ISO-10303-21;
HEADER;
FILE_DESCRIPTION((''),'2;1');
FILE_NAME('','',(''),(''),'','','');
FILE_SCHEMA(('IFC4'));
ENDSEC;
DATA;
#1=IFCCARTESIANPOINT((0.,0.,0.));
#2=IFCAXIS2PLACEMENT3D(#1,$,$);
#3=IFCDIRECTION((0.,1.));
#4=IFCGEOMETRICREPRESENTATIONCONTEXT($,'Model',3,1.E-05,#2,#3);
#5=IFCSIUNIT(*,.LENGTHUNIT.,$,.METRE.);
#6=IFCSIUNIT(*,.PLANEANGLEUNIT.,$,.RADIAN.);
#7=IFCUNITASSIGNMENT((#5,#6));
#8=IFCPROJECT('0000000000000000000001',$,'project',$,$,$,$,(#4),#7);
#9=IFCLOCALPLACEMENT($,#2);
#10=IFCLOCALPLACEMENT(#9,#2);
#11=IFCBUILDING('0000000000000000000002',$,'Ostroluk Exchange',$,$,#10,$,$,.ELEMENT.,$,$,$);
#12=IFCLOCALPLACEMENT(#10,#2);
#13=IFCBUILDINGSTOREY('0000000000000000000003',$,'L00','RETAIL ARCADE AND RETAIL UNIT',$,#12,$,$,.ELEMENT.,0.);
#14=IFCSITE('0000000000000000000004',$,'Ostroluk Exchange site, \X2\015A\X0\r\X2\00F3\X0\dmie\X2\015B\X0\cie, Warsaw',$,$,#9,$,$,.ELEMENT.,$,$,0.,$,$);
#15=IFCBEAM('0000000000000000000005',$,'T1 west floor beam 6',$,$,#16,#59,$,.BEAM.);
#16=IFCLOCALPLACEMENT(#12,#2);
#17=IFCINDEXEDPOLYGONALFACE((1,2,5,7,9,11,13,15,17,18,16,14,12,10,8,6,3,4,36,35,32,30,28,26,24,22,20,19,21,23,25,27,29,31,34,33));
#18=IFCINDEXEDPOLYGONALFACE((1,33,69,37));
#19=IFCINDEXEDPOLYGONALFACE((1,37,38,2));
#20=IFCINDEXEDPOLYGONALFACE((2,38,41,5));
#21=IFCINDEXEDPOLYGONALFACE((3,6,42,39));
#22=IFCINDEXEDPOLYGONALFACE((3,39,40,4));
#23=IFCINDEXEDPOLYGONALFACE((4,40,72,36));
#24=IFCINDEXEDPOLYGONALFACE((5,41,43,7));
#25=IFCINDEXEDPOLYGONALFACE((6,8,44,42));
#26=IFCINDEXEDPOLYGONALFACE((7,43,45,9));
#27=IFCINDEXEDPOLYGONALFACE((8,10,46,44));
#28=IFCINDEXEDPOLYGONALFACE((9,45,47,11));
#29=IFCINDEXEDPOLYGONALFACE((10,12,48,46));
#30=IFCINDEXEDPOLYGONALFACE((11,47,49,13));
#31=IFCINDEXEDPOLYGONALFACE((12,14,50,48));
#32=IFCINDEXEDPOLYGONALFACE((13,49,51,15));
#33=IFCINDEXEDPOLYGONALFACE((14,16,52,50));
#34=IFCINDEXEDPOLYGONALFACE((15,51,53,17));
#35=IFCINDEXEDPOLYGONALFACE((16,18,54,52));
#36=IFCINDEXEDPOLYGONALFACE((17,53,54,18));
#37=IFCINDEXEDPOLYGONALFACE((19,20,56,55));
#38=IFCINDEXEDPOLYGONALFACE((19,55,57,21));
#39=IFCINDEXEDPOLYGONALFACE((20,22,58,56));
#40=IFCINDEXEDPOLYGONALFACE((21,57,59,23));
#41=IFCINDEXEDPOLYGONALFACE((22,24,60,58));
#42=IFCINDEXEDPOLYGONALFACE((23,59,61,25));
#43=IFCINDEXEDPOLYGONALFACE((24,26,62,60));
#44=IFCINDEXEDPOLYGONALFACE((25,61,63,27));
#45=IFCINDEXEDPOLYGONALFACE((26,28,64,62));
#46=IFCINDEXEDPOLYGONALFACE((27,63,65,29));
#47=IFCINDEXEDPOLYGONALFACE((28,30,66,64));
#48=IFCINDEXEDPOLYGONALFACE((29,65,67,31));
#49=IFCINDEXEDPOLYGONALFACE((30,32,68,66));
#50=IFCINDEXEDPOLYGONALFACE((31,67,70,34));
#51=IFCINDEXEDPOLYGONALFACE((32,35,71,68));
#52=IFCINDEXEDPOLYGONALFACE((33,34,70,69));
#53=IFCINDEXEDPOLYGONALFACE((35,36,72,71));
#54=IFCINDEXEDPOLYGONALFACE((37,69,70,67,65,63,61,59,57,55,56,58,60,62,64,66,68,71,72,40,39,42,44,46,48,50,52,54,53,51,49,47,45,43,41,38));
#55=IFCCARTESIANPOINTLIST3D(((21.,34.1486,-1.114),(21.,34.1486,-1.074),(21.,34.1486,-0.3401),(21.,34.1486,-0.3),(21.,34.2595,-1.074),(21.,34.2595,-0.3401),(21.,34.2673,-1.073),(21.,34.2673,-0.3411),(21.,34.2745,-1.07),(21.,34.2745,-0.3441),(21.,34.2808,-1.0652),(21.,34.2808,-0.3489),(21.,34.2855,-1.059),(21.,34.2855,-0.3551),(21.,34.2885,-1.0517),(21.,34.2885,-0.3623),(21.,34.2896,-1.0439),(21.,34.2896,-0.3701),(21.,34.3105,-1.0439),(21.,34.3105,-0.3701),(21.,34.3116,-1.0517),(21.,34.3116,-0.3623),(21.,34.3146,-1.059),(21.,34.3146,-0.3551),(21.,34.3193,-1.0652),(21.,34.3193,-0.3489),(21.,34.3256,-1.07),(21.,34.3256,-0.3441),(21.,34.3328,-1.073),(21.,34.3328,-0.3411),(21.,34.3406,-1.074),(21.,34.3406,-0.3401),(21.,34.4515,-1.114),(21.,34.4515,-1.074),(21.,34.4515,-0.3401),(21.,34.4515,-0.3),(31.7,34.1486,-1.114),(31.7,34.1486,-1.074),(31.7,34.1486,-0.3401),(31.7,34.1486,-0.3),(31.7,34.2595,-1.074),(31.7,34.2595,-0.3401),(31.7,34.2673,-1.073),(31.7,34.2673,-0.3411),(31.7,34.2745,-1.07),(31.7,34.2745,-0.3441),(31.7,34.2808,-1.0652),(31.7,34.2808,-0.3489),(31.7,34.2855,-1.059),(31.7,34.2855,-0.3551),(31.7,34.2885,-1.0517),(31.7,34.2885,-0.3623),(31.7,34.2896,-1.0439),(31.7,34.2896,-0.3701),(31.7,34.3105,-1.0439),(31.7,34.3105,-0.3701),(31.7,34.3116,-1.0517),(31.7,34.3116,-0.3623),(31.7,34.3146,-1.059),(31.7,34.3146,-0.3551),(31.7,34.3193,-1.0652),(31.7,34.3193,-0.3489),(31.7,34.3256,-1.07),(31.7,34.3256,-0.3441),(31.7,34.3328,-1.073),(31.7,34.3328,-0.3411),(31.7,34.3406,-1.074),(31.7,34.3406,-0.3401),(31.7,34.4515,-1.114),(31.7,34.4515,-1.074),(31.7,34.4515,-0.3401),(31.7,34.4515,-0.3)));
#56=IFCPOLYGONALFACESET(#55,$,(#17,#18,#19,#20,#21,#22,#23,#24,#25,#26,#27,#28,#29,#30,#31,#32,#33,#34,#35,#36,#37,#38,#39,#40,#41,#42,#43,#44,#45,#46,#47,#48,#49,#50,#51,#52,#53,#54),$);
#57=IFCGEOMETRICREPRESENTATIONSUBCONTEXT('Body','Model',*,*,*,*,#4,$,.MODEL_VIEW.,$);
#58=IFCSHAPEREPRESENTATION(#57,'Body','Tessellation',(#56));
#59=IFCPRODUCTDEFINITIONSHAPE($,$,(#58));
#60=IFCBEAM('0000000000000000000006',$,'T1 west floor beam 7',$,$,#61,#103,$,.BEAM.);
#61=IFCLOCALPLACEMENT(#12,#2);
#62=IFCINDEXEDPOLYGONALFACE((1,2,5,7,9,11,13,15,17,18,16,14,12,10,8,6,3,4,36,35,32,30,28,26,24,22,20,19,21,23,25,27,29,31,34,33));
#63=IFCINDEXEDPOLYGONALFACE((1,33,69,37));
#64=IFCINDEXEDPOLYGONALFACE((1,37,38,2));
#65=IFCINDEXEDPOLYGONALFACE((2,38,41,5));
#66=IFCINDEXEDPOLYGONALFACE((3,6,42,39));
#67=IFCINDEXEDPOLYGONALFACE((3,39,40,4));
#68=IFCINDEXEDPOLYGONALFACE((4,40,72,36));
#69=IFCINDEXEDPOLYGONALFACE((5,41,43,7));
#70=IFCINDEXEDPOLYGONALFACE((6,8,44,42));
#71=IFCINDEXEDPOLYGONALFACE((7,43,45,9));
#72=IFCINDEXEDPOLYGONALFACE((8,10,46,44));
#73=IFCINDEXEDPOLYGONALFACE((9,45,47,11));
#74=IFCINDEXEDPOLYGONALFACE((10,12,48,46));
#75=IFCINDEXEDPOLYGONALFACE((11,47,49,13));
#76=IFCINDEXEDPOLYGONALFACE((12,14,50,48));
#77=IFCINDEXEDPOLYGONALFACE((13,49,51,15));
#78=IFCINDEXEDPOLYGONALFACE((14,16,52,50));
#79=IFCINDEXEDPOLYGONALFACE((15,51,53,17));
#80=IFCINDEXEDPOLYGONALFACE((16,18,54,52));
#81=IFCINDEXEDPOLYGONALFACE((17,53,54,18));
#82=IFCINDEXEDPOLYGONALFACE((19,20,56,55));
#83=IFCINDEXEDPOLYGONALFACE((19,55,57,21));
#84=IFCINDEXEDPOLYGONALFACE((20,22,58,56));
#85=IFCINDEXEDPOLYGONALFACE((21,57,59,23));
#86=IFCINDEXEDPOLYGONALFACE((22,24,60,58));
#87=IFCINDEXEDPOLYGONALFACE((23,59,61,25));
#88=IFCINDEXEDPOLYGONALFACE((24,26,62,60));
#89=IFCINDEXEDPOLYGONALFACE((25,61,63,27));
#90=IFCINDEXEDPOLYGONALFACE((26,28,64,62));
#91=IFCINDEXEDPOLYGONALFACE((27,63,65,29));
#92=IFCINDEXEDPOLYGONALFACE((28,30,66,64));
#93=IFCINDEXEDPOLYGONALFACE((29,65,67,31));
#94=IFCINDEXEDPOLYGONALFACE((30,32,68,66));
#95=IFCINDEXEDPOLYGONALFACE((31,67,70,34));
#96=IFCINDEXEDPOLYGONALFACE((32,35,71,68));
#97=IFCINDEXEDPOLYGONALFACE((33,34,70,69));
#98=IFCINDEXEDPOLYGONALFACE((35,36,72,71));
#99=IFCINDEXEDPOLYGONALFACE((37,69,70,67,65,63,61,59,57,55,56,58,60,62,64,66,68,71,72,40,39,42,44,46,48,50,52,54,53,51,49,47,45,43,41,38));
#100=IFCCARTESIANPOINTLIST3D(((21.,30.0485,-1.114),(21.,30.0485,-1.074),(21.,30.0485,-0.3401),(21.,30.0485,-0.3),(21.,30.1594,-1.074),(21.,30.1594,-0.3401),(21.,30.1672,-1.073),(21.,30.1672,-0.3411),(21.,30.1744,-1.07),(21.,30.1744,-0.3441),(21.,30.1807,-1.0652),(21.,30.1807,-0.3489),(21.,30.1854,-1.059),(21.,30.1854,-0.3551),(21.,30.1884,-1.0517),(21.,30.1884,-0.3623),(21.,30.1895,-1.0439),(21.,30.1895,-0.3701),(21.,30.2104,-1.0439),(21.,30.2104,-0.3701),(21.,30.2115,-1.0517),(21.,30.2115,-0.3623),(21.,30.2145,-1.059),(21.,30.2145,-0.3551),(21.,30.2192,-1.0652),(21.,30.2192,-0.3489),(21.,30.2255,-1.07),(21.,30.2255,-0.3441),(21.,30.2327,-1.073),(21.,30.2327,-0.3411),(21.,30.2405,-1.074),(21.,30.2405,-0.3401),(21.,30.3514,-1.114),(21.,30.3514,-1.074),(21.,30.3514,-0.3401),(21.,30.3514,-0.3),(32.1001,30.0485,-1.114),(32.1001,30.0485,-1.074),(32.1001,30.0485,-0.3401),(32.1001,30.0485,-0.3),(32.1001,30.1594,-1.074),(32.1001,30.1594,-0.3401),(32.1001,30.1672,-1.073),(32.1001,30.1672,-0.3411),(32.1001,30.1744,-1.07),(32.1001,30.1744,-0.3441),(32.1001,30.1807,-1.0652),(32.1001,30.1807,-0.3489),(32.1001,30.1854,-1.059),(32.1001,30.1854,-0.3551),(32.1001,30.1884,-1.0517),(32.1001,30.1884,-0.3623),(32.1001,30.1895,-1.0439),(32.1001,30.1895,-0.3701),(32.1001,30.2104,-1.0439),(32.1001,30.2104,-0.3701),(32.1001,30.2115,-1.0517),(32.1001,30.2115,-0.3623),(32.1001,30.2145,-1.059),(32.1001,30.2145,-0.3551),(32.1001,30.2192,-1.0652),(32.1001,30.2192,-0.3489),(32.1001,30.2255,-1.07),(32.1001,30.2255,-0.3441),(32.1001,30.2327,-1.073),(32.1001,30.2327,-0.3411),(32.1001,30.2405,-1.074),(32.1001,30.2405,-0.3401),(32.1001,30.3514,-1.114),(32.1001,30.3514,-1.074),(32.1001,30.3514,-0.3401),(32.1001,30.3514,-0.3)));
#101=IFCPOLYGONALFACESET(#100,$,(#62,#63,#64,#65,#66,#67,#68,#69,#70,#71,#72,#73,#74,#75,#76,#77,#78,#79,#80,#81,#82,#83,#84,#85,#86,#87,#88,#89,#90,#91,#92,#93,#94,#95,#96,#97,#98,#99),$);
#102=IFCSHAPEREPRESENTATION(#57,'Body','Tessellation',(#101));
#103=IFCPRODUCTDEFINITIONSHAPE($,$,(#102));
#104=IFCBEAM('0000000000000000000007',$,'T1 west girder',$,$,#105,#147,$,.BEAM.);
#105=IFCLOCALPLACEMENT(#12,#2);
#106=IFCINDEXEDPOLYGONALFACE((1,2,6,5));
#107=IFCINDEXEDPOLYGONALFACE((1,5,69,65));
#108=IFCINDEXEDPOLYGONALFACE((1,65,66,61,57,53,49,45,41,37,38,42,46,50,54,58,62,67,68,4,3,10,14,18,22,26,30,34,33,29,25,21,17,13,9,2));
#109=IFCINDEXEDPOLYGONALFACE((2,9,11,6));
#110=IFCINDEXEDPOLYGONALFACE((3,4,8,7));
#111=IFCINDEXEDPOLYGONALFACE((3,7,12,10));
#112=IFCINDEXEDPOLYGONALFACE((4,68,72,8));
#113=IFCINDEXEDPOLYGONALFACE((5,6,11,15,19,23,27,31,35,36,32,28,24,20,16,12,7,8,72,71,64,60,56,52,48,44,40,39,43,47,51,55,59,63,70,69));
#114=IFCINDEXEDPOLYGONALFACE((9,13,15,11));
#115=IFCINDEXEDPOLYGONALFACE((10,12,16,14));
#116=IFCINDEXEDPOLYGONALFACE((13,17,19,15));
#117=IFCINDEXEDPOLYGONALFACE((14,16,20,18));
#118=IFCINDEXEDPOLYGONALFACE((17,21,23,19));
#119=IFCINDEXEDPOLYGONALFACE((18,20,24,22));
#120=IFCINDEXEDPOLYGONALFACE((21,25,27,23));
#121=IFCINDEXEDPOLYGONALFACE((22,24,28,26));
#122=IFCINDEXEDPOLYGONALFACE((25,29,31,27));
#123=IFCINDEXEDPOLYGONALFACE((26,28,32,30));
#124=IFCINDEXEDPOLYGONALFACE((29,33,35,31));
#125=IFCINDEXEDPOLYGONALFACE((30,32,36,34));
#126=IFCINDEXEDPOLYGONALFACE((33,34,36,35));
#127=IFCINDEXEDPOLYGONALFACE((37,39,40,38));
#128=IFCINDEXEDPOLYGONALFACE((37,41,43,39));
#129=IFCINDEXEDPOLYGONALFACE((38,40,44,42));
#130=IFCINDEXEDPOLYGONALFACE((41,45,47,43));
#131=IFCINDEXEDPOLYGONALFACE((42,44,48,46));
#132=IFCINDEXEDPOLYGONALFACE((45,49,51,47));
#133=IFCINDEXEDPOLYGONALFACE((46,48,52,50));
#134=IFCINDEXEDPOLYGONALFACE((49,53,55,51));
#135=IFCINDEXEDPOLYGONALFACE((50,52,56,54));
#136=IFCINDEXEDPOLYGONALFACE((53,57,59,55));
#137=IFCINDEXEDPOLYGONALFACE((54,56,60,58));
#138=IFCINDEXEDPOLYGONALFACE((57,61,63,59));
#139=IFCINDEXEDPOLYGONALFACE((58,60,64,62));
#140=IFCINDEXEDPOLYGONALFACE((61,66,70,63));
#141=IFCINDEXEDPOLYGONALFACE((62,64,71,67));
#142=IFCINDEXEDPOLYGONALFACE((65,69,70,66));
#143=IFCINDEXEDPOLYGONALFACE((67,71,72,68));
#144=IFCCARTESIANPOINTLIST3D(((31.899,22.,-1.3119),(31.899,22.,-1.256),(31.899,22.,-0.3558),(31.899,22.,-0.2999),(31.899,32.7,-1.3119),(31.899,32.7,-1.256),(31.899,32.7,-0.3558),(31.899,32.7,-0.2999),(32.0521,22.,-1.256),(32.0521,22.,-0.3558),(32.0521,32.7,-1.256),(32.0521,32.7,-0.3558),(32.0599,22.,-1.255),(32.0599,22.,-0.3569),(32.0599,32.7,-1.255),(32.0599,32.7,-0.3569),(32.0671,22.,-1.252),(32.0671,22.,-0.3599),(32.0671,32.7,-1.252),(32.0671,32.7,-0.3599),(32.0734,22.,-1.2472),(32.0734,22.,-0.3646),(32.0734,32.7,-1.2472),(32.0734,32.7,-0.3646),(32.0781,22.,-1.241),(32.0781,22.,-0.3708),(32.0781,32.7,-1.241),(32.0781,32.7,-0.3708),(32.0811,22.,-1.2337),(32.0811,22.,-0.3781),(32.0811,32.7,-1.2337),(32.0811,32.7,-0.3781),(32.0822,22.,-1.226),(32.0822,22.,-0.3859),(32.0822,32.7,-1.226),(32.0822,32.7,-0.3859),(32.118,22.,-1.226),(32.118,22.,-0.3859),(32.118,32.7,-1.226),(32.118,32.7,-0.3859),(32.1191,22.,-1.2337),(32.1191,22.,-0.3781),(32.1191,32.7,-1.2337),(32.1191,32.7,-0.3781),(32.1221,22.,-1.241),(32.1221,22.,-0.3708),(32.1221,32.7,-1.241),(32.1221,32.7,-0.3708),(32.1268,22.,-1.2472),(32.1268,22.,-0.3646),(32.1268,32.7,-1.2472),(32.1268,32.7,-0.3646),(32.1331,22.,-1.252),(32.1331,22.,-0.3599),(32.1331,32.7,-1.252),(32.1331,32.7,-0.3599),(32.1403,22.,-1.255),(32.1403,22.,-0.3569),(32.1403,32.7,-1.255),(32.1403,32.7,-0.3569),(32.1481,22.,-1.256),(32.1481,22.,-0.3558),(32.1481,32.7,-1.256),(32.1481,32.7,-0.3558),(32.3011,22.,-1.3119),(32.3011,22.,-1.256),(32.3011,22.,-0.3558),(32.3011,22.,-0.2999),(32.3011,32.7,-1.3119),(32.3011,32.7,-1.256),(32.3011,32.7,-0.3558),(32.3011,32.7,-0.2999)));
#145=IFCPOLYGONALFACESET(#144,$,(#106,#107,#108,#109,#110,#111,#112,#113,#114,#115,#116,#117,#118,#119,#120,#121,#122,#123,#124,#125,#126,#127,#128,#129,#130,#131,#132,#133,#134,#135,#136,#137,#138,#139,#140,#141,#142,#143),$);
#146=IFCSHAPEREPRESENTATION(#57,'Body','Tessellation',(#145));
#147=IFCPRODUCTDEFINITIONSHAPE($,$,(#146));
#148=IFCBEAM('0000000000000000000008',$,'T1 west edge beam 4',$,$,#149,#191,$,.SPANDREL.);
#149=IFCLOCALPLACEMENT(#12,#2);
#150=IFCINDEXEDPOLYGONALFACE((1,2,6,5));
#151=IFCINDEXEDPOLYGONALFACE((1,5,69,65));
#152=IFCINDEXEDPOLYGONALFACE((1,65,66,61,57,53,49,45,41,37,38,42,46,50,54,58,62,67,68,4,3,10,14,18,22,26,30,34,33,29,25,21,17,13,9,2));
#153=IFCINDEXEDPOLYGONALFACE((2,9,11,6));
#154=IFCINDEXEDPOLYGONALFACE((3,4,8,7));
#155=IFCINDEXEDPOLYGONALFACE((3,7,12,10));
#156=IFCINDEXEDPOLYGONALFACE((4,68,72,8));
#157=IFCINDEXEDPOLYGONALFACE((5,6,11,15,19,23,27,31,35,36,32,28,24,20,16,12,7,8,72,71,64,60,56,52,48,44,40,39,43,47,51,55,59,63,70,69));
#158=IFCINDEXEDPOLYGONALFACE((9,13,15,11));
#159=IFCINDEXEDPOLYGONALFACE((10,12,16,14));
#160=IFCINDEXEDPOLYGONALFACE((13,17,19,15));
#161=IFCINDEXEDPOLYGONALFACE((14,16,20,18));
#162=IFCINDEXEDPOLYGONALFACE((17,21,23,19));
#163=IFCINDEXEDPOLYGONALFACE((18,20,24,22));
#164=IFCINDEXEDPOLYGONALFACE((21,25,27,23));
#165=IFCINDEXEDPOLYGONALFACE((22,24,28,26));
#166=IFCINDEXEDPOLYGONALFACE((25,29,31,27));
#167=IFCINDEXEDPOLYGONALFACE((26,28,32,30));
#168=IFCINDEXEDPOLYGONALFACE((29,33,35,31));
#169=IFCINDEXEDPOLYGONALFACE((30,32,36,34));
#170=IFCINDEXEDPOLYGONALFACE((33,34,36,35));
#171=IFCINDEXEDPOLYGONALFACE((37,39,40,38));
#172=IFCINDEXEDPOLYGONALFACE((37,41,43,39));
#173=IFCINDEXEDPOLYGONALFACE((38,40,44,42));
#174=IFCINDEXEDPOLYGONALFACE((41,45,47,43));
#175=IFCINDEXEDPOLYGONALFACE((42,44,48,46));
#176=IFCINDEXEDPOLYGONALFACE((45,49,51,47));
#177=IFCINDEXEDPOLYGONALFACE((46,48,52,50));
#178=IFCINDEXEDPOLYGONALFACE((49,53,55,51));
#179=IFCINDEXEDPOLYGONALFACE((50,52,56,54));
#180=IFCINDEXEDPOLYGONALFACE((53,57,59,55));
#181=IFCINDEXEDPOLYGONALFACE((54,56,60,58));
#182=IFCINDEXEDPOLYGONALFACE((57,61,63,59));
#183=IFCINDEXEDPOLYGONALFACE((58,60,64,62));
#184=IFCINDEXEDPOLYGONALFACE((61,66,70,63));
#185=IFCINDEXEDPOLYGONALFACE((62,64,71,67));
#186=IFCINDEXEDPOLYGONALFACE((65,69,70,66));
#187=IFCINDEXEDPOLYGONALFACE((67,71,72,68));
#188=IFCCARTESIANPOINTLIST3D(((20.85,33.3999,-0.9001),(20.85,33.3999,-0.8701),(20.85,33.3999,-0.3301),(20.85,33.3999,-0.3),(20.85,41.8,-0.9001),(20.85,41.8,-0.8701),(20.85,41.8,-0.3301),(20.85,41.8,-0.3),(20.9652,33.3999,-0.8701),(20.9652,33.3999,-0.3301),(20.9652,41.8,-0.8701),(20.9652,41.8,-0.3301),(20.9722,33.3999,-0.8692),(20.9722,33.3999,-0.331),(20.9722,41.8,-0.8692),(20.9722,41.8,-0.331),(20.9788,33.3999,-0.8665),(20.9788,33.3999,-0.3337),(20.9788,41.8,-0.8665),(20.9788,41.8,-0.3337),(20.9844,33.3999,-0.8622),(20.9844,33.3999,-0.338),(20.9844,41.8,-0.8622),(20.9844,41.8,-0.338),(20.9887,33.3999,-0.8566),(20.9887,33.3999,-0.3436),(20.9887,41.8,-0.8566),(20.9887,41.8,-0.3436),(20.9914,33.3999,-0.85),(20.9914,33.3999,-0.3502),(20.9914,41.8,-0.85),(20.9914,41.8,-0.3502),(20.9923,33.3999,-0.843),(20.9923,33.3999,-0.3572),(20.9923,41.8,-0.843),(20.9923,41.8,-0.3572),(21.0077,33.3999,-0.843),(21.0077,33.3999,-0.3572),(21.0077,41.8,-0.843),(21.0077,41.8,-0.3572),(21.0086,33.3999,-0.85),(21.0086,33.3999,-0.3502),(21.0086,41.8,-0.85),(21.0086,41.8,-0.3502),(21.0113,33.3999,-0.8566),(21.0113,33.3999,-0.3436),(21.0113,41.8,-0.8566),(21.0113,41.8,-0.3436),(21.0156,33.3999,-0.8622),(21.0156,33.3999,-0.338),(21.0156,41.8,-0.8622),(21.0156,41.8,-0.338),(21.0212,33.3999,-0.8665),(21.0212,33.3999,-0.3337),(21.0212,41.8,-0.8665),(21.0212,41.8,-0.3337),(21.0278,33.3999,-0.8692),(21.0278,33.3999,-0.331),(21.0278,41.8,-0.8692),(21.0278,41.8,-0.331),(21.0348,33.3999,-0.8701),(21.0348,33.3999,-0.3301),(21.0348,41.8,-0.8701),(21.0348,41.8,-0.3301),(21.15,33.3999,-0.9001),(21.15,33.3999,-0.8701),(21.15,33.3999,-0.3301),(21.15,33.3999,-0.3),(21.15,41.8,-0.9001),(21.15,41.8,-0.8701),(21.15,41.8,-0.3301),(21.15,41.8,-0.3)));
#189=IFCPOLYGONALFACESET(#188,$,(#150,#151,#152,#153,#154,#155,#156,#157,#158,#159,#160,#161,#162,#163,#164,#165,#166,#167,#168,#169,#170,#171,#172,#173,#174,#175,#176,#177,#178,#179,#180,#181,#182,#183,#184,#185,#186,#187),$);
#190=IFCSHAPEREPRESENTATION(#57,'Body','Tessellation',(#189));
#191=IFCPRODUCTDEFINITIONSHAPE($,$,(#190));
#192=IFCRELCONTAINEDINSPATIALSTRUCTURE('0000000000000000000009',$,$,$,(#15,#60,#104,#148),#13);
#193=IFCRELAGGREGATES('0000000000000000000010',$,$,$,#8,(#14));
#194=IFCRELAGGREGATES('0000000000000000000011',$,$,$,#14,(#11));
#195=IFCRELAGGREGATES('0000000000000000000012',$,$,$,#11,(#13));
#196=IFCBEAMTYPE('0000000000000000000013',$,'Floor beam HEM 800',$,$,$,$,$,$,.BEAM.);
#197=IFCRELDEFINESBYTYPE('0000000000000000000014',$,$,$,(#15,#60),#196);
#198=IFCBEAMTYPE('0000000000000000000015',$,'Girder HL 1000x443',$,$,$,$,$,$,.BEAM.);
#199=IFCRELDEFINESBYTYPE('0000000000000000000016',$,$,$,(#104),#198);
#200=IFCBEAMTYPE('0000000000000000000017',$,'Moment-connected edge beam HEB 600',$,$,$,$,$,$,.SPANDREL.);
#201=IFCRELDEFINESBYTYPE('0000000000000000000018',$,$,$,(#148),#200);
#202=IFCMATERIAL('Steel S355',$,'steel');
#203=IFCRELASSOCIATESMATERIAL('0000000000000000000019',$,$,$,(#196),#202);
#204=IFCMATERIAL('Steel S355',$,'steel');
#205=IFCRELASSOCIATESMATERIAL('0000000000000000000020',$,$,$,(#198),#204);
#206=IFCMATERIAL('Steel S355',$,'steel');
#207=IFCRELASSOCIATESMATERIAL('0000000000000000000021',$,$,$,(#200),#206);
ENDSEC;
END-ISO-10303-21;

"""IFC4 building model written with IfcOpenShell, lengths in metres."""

from ifc_helpers import new_model, si_unit, direction, frame, origin, origin_2d, place, context, subcontext, project, spatial, i_section, extrude, material, material_profile, profile_set, type_object, element, save


model = new_model("IFC4")

# Units and contexts
model_context = context("Model", 3, precision=1e-05, world=origin(), true_north=direction((0.0, 1.0)))
body_context = subcontext(model_context, "Body", "Model", "MODEL_VIEW")
ifc_project = project(units=[si_unit("LENGTHUNIT", "METRE"), si_unit("PLANEANGLEUNIT", "RADIAN")], contexts=[model_context])

# Site, building, storey
site_placement = place(None, origin())
site = spatial("IfcSite", under=ifc_project, at=site_placement, Name="Ostroluk Exchange site, Śródmieście, Warsaw", CompositionType="ELEMENT", RefElevation=0.0)
building_placement = place(site_placement, origin())
building = spatial("IfcBuilding", under=site, at=building_placement, Name="Ostroluk Exchange", CompositionType="ELEMENT")
storey_placement = place(building_placement, origin())
storey = spatial("IfcBuildingStorey", under=building, at=storey_placement, Name="L00", Description="RETAIL ARCADE AND RETAIL UNIT", CompositionType="ELEMENT", Elevation=0.0)

# Beams
ifc_material_1 = material(Name="Steel S355", Category="steel")
ifc_material_profile_1 = material_profile(ifc_material_1, i_section(OverallWidth=0.303, OverallDepth=0.814, WebThickness=0.021, FlangeThickness=0.04, FilletRadius=0.03, at=origin_2d()), Name="HEM 800")
ifc_profile_set_1 = profile_set([ifc_material_profile_1], Name="Steel S355")
beam_type_1 = type_object("IfcBeamType", Name="Floor beam HEM 800", PredefinedType="BEAM", material=ifc_profile_set_1)
beam_1_placement = place(storey_placement, frame((31.7, 34.3, -0.707), z_axis=(-1.0, 0.0, 0.0), x_axis=(0.0, -1.0, 0.0)))
element("IfcBeam", 1, at=beam_1_placement, inside=storey, type_object=beam_type_1, Name="T1 west floor beam 6", PredefinedType="BEAM", context=body_context, shape_type="SweptSolid", body=[
    extrude(i_section(OverallWidth=0.303, OverallDepth=0.814, WebThickness=0.021, FlangeThickness=0.04, FilletRadius=0.03, at=origin_2d()), origin(), (0.0, 0.0, 1.0), 10.7),
])
beam_2_placement = place(storey_placement, frame((32.1001, 30.2, -0.707), z_axis=(-1.0, 0.0, 0.0), x_axis=(0.0, -1.0, 0.0)))
element("IfcBeam", 2, at=beam_2_placement, inside=storey, type_object=beam_type_1, Name="T1 west floor beam 7", PredefinedType="BEAM", context=body_context, shape_type="SweptSolid", body=[
    extrude(i_section(OverallWidth=0.303, OverallDepth=0.814, WebThickness=0.021, FlangeThickness=0.04, FilletRadius=0.03, at=origin_2d()), origin(), (0.0, 0.0, 1.0), 11.1001),
])
ifc_material_2 = material(Name="Steel S355", Category="steel")
ifc_material_profile_2 = material_profile(ifc_material_2, i_section(OverallWidth=0.4021, OverallDepth=1.012, WebThickness=0.0359, FlangeThickness=0.0559, FilletRadius=0.03, at=origin_2d()), Name="HL 1000x443")
ifc_profile_set_2 = profile_set([ifc_material_profile_2], Name="Steel S355")
beam_type_2 = type_object("IfcBeamType", Name="Girder HL 1000x443", PredefinedType="BEAM", material=ifc_profile_set_2)
beam_3_placement = place(storey_placement, frame((32.1001, 32.7, -0.8059), z_axis=(0.0, -1.0, 0.0), x_axis=(1.0, 0.0, 0.0)))
element("IfcBeam", 3, at=beam_3_placement, inside=storey, type_object=beam_type_2, Name="T1 west girder", PredefinedType="BEAM", context=body_context, shape_type="SweptSolid", body=[
    extrude(i_section(OverallWidth=0.4021, OverallDepth=1.012, WebThickness=0.0359, FlangeThickness=0.0559, FilletRadius=0.03, at=origin_2d()), origin(), (0.0, 0.0, 1.0), 10.7),
])
ifc_material_3 = material(Name="Steel S355", Category="steel")
ifc_material_profile_3 = material_profile(ifc_material_3, i_section(OverallWidth=0.3, OverallDepth=0.6001, WebThickness=0.0154, FlangeThickness=0.03, FilletRadius=0.0271, at=origin_2d()), Name="HEB 600")
ifc_profile_set_3 = profile_set([ifc_material_profile_3], Name="Steel S355")
beam_type_3 = type_object("IfcBeamType", Name="Moment-connected edge beam HEB 600", PredefinedType="SPANDREL", material=ifc_profile_set_3)
beam_4_placement = place(storey_placement, frame((21.0, 41.8, -0.6001), z_axis=(0.0, -1.0, 0.0), x_axis=(1.0, 0.0, 0.0)))
element("IfcBeam", 4, at=beam_4_placement, inside=storey, type_object=beam_type_3, Name="T1 west edge beam 4", PredefinedType="SPANDREL", context=body_context, shape_type="SweptSolid", body=[
    extrude(i_section(OverallWidth=0.3, OverallDepth=0.6001, WebThickness=0.0154, FlangeThickness=0.03, FilletRadius=0.0271, at=origin_2d()), origin(), (0.0, 0.0, 1.0), 8.4001),
])

save(model, "model.ifc")
